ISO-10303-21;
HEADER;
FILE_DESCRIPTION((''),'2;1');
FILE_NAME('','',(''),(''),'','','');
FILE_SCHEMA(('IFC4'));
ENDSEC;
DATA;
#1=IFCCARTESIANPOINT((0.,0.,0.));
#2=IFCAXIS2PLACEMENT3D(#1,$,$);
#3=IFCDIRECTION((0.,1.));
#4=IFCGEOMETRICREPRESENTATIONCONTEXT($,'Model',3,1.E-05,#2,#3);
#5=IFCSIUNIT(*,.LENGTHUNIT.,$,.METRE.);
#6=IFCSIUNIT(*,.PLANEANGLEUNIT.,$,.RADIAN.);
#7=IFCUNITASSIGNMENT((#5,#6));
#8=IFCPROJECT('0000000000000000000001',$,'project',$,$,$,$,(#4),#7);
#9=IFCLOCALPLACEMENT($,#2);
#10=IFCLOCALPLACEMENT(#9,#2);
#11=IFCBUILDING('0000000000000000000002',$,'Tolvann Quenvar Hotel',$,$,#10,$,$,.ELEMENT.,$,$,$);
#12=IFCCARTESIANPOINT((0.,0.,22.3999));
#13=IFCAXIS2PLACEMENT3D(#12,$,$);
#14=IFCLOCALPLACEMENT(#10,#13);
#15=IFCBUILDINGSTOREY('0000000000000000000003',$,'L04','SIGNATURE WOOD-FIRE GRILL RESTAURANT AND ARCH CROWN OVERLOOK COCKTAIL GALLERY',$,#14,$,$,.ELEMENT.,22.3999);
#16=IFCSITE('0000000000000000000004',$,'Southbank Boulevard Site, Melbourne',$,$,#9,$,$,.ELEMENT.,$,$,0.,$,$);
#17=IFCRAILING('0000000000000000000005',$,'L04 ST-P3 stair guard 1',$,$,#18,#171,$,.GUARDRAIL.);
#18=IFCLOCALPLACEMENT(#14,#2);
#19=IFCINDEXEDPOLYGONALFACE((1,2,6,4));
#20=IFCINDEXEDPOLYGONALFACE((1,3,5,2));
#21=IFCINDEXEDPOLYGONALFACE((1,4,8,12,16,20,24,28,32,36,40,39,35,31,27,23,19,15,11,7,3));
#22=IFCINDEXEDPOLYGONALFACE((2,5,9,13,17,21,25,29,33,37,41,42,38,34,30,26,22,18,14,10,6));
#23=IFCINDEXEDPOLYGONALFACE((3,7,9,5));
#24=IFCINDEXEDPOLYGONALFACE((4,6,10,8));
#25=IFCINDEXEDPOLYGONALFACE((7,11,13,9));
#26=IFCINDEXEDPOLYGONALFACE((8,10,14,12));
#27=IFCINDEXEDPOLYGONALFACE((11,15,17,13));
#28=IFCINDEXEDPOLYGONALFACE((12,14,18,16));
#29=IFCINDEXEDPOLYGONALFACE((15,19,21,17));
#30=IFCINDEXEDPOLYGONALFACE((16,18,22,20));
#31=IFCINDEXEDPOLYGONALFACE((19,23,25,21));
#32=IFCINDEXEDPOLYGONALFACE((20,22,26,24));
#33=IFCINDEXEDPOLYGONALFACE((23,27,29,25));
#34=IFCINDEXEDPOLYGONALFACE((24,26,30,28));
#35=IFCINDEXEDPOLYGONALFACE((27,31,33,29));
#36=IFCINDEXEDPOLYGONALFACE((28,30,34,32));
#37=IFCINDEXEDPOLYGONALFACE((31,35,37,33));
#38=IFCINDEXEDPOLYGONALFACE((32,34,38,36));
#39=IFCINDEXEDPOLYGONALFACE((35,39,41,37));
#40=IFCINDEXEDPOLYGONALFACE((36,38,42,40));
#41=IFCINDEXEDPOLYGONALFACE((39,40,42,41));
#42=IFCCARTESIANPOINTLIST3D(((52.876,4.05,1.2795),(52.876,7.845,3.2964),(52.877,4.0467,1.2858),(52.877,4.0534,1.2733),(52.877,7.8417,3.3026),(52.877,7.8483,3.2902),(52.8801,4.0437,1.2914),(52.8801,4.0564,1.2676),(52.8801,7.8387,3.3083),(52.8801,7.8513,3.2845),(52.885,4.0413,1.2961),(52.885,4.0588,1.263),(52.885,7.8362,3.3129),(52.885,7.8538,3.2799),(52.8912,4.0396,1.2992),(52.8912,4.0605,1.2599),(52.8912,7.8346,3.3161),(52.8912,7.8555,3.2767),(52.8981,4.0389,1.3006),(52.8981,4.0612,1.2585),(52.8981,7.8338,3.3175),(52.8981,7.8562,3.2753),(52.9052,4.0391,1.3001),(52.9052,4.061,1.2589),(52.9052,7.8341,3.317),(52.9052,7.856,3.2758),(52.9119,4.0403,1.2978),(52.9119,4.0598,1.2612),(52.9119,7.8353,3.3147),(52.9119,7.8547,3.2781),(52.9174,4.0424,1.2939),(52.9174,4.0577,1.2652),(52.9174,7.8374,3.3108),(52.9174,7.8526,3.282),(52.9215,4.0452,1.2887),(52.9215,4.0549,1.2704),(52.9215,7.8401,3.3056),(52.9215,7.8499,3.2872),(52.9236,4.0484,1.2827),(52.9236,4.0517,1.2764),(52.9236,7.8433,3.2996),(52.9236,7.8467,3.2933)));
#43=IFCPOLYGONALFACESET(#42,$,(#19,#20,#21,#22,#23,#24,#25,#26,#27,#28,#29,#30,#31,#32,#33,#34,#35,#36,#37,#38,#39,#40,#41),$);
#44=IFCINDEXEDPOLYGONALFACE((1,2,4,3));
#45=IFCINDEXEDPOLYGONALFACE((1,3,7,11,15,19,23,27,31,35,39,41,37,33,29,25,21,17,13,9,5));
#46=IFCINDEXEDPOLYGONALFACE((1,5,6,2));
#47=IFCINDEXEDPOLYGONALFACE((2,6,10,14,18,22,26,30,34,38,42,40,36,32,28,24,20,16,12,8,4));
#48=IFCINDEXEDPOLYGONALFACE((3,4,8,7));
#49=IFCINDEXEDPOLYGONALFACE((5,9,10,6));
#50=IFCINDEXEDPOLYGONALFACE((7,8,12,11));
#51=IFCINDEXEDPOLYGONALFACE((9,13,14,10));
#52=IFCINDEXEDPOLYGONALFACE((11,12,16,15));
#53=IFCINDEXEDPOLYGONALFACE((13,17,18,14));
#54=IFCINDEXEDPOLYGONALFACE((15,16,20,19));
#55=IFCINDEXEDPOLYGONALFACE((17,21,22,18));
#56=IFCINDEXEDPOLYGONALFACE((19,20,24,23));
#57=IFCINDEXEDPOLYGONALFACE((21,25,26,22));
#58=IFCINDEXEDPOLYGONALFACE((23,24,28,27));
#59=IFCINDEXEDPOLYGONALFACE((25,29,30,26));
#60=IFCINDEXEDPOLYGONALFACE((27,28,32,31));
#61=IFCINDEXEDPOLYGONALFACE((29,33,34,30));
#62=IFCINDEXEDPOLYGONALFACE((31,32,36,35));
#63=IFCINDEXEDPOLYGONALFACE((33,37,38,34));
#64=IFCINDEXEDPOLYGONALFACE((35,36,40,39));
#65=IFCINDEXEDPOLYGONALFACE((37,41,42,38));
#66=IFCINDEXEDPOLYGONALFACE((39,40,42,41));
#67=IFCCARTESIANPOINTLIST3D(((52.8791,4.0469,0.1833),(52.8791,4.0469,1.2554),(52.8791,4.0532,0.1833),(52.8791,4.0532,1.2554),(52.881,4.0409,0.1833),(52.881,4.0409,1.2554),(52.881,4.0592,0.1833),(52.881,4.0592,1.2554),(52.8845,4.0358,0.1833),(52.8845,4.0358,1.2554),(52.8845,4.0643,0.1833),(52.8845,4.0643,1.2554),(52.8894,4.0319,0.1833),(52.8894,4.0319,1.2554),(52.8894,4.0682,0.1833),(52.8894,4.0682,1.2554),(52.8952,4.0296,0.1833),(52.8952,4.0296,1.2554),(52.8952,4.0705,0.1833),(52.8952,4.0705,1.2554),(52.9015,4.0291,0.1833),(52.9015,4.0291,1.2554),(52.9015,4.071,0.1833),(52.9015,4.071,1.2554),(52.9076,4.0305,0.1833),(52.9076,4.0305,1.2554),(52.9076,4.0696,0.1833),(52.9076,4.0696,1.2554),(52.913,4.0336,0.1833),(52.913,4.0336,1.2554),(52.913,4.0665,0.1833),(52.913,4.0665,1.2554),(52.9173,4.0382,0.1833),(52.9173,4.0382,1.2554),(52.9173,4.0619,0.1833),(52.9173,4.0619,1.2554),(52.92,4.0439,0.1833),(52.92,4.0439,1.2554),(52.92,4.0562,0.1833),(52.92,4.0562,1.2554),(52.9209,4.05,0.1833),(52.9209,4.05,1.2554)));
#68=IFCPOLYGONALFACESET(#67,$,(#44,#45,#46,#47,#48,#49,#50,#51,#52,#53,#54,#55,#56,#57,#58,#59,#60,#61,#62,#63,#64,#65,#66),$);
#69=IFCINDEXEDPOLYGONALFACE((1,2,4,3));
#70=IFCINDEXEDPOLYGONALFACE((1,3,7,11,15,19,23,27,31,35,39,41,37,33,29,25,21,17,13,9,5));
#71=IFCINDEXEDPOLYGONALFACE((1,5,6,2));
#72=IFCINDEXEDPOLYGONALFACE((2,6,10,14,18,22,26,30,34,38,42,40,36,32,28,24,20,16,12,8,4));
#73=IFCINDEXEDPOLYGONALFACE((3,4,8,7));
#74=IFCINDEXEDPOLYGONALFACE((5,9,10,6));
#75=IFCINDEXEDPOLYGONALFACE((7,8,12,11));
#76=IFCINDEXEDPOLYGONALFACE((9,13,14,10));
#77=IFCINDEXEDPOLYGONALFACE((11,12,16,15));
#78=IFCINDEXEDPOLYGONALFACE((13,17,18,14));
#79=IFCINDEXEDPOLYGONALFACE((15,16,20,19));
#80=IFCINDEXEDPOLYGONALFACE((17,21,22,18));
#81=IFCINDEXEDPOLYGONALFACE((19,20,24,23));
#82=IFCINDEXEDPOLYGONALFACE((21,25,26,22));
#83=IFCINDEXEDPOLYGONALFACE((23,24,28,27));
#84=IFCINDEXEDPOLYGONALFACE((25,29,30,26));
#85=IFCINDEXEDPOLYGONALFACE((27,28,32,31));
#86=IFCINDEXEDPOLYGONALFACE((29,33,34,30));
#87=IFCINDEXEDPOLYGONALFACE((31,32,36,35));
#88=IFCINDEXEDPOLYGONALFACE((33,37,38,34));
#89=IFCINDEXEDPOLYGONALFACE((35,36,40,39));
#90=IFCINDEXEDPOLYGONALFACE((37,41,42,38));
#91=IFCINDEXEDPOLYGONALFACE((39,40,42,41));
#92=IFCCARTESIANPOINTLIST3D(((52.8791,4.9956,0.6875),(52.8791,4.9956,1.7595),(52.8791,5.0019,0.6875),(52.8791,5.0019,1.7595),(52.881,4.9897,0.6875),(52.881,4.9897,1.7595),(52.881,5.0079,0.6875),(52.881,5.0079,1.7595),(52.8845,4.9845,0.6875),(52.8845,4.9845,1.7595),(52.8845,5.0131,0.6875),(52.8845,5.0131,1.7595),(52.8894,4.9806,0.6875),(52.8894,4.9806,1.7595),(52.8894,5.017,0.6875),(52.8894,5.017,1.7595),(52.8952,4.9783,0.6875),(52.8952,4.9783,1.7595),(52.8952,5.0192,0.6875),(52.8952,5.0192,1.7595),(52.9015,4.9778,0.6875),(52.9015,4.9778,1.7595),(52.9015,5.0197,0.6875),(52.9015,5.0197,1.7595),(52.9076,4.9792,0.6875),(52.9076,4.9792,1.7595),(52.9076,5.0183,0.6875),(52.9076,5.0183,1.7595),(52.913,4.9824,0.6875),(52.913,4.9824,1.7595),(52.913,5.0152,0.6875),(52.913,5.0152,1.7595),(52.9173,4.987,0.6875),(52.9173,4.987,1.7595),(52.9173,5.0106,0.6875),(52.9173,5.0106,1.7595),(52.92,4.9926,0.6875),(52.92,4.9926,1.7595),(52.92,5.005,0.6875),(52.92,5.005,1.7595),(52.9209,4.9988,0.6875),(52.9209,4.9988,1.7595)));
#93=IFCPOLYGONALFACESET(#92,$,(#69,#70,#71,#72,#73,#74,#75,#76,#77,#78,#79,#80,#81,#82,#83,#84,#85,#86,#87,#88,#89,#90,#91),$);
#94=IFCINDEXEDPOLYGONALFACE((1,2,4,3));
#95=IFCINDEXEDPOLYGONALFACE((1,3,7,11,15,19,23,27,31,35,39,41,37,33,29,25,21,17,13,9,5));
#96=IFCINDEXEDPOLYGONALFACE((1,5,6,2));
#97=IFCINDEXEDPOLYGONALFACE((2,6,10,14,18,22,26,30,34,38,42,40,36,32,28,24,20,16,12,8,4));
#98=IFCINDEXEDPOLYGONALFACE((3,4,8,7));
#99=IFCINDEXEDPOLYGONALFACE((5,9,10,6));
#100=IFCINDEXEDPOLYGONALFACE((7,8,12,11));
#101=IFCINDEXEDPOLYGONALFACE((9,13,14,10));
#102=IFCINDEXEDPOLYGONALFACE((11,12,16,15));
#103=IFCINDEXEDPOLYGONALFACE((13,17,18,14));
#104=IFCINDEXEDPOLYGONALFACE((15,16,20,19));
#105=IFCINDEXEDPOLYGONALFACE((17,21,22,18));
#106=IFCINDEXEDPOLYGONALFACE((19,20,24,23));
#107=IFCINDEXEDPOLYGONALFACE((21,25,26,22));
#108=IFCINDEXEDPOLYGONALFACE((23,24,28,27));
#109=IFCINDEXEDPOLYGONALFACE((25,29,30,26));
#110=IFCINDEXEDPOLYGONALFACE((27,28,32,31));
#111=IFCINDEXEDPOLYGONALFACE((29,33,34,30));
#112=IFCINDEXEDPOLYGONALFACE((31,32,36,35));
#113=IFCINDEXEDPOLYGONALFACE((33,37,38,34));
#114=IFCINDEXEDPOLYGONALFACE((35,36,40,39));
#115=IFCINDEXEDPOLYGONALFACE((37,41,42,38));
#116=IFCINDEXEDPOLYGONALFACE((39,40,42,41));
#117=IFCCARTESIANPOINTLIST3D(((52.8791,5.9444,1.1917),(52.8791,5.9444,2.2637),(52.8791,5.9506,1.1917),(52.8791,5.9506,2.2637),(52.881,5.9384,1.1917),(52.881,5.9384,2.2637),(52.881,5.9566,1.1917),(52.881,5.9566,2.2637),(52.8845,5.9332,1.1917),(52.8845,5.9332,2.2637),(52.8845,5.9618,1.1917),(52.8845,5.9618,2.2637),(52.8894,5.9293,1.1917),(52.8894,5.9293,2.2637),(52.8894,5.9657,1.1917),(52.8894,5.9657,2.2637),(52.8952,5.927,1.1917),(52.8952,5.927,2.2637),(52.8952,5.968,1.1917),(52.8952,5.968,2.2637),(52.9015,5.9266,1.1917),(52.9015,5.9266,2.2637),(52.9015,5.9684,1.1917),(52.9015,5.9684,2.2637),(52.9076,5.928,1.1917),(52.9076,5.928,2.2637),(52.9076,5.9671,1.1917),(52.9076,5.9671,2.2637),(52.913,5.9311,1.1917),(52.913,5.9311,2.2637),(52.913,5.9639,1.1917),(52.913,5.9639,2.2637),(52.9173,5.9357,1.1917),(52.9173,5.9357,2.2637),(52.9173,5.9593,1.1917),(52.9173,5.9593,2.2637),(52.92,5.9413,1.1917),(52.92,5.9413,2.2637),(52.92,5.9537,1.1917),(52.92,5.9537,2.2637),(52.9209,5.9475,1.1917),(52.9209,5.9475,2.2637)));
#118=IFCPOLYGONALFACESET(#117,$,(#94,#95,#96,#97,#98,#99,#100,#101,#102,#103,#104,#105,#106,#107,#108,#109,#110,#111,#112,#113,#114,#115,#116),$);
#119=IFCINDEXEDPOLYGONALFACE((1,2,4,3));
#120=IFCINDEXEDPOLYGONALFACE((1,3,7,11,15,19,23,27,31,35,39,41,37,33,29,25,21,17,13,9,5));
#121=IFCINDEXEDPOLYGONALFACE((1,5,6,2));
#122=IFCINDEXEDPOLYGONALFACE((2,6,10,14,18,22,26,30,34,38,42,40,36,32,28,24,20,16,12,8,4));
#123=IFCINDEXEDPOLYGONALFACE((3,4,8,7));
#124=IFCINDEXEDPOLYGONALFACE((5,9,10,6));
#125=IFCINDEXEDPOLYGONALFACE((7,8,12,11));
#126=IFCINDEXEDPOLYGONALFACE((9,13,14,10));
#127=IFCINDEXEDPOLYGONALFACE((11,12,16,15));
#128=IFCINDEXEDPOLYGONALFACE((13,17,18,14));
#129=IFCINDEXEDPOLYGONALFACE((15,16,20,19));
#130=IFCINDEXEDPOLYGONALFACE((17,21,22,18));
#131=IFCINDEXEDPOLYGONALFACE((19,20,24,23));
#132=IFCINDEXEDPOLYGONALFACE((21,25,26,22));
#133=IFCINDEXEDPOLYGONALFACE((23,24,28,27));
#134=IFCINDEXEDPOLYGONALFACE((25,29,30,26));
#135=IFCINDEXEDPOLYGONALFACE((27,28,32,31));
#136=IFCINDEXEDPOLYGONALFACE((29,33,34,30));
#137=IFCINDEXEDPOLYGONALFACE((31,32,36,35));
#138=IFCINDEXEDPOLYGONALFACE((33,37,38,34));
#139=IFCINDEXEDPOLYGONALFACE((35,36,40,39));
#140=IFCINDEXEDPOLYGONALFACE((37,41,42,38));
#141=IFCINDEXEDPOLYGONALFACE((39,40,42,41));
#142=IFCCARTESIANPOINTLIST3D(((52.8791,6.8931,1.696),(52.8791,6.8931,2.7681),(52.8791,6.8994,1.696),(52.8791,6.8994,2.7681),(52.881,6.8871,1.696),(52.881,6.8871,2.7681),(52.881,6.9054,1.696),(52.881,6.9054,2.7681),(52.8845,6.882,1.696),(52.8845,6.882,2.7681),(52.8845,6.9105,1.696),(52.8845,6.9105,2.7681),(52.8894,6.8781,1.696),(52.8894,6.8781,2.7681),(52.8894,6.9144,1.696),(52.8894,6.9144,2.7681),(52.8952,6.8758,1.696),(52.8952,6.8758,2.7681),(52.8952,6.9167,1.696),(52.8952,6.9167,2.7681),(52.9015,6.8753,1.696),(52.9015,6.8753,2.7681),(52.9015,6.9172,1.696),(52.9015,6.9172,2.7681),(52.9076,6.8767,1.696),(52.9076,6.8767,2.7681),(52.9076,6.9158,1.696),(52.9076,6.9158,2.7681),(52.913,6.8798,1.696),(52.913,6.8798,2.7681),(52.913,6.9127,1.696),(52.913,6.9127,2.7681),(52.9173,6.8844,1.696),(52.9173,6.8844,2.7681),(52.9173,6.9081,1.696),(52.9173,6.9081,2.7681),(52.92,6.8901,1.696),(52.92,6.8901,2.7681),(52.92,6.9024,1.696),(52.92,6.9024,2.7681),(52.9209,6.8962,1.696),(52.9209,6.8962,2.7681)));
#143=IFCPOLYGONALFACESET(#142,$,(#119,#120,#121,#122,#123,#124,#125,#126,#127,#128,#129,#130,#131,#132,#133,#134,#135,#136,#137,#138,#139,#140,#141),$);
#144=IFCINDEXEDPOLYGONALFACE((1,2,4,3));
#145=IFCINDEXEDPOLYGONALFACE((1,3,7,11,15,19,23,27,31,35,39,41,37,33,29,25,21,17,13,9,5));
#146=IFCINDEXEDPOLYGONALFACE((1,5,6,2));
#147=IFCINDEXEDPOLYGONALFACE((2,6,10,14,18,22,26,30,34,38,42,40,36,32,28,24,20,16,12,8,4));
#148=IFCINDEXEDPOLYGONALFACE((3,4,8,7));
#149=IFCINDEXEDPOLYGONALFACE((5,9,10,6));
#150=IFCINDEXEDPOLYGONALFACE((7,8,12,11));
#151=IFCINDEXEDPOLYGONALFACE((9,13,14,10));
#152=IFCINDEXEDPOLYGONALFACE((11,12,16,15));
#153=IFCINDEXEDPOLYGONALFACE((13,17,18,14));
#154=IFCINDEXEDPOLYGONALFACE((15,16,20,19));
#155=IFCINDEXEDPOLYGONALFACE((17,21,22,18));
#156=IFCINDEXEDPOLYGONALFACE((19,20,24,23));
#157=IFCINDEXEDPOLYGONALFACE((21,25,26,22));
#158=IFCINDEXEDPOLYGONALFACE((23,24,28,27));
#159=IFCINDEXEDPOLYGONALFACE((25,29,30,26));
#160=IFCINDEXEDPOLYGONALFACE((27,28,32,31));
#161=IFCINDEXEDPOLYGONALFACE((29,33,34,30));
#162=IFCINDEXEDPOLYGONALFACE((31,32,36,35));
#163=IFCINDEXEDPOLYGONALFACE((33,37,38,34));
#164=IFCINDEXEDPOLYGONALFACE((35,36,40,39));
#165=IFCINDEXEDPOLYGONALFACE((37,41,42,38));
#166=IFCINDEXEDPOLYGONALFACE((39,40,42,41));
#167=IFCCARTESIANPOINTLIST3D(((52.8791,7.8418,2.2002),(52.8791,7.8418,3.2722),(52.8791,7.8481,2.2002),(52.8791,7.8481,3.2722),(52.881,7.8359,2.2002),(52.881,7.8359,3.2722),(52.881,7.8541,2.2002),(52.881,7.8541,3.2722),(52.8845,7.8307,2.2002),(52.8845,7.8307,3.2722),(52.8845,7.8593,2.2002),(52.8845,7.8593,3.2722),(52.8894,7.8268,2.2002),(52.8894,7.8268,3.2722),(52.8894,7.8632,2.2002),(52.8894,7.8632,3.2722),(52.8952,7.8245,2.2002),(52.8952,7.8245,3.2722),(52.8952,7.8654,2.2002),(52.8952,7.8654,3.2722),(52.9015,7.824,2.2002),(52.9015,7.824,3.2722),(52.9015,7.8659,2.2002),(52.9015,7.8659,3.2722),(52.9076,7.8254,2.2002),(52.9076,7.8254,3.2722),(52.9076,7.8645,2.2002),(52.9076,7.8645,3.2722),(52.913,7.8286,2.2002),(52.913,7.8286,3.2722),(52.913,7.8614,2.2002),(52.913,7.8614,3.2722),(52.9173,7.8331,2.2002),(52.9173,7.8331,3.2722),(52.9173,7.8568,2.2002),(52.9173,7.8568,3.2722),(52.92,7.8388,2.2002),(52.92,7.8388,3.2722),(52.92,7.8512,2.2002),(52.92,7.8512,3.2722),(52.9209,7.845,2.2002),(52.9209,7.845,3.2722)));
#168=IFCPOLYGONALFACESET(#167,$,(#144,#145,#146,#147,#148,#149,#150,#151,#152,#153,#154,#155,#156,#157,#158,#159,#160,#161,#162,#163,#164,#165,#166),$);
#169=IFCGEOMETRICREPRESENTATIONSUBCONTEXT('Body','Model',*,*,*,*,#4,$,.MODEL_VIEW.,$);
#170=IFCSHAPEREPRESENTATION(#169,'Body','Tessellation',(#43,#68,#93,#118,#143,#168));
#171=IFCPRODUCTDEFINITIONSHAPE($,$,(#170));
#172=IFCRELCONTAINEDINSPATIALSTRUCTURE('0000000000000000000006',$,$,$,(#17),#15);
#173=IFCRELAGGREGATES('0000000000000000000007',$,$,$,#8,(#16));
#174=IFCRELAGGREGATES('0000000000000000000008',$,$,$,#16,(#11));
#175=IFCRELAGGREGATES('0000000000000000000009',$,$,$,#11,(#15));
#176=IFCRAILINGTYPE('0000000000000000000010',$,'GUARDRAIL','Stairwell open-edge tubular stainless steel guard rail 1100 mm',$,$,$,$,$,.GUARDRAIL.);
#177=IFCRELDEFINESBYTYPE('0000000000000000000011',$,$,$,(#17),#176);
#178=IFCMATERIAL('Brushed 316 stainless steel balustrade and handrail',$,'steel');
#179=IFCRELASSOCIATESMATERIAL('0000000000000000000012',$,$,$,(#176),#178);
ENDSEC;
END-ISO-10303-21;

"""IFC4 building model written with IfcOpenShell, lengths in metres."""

from ifc_helpers import new_model, si_unit, direction, frame, origin, origin_2d, place, context, subcontext, project, spatial, circle, extrude, material, type_object, element, save


model = new_model("IFC4")

# Units and contexts
model_context = context("Model", 3, precision=1e-05, world=origin(), true_north=direction((0.0, 1.0)))
body_context = subcontext(model_context, "Body", "Model", "MODEL_VIEW")
ifc_project = project(units=[si_unit("LENGTHUNIT", "METRE"), si_unit("PLANEANGLEUNIT", "RADIAN")], contexts=[model_context])

# Site, building, storey
site_placement = place(None, origin())
site = spatial("IfcSite", under=ifc_project, at=site_placement, Name="Southbank Boulevard Site, Melbourne", CompositionType="ELEMENT", RefElevation=0.0)
building_placement = place(site_placement, origin())
building = spatial("IfcBuilding", under=site, at=building_placement, Name="Tolvann Quenvar Hotel", CompositionType="ELEMENT")
storey_placement = place(building_placement, frame((0.0, 0.0, 22.3999)))
storey = spatial("IfcBuildingStorey", under=building, at=storey_placement, Name="L04", Description="SIGNATURE WOOD-FIRE GRILL RESTAURANT AND ARCH CROWN OVERLOOK COCKTAIL GALLERY", CompositionType="ELEMENT", Elevation=22.3999)

# Railing
ifc_material_1 = material(Name="Brushed 316 stainless steel balustrade and handrail", Category="steel")
railing_type_1 = type_object("IfcRailingType", Name="GUARDRAIL", Description="Stairwell open-edge tubular stainless steel guard rail 1100 mm", PredefinedType="GUARDRAIL", material=ifc_material_1)
railing_1_placement = place(storey_placement, frame((52.8999, 4.05, 0.1833)))
element("IfcRailing", 1, at=railing_1_placement, inside=storey, type_object=railing_type_1, Name="L04 ST-P3 stair guard 1", PredefinedType="GUARDRAIL", context=body_context, shape_type="SweptSolid", body=[
    extrude(circle(Radius=0.0239, at=origin_2d()), frame((0.0, 0.0, 1.0962), z_axis=(0.0, 0.883039, 0.469299), x_axis=(-1.0, 0.0, 0.0)), (0.0, 0.0, 1.0), 4.2976),
    extrude(circle(Radius=0.021, at=origin_2d()), origin(), (0.0, 0.0, 1.0), 1.072),
    extrude(circle(Radius=0.021, at=origin_2d()), frame((0.0, 0.9487, 0.5042)), (0.0, 0.0, 1.0), 1.072),
    extrude(circle(Radius=0.021, at=origin_2d()), frame((0.0, 1.8975, 1.0083)), (0.0, 0.0, 1.0), 1.072),
    extrude(circle(Radius=0.021, at=origin_2d()), frame((0.0, 2.8462, 1.5127)), (0.0, 0.0, 1.0), 1.072),
    extrude(circle(Radius=0.021, at=origin_2d()), frame((0.0, 3.7949, 2.0168)), (0.0, 0.0, 1.0), 1.072),
])

save(model, "model.ifc")
